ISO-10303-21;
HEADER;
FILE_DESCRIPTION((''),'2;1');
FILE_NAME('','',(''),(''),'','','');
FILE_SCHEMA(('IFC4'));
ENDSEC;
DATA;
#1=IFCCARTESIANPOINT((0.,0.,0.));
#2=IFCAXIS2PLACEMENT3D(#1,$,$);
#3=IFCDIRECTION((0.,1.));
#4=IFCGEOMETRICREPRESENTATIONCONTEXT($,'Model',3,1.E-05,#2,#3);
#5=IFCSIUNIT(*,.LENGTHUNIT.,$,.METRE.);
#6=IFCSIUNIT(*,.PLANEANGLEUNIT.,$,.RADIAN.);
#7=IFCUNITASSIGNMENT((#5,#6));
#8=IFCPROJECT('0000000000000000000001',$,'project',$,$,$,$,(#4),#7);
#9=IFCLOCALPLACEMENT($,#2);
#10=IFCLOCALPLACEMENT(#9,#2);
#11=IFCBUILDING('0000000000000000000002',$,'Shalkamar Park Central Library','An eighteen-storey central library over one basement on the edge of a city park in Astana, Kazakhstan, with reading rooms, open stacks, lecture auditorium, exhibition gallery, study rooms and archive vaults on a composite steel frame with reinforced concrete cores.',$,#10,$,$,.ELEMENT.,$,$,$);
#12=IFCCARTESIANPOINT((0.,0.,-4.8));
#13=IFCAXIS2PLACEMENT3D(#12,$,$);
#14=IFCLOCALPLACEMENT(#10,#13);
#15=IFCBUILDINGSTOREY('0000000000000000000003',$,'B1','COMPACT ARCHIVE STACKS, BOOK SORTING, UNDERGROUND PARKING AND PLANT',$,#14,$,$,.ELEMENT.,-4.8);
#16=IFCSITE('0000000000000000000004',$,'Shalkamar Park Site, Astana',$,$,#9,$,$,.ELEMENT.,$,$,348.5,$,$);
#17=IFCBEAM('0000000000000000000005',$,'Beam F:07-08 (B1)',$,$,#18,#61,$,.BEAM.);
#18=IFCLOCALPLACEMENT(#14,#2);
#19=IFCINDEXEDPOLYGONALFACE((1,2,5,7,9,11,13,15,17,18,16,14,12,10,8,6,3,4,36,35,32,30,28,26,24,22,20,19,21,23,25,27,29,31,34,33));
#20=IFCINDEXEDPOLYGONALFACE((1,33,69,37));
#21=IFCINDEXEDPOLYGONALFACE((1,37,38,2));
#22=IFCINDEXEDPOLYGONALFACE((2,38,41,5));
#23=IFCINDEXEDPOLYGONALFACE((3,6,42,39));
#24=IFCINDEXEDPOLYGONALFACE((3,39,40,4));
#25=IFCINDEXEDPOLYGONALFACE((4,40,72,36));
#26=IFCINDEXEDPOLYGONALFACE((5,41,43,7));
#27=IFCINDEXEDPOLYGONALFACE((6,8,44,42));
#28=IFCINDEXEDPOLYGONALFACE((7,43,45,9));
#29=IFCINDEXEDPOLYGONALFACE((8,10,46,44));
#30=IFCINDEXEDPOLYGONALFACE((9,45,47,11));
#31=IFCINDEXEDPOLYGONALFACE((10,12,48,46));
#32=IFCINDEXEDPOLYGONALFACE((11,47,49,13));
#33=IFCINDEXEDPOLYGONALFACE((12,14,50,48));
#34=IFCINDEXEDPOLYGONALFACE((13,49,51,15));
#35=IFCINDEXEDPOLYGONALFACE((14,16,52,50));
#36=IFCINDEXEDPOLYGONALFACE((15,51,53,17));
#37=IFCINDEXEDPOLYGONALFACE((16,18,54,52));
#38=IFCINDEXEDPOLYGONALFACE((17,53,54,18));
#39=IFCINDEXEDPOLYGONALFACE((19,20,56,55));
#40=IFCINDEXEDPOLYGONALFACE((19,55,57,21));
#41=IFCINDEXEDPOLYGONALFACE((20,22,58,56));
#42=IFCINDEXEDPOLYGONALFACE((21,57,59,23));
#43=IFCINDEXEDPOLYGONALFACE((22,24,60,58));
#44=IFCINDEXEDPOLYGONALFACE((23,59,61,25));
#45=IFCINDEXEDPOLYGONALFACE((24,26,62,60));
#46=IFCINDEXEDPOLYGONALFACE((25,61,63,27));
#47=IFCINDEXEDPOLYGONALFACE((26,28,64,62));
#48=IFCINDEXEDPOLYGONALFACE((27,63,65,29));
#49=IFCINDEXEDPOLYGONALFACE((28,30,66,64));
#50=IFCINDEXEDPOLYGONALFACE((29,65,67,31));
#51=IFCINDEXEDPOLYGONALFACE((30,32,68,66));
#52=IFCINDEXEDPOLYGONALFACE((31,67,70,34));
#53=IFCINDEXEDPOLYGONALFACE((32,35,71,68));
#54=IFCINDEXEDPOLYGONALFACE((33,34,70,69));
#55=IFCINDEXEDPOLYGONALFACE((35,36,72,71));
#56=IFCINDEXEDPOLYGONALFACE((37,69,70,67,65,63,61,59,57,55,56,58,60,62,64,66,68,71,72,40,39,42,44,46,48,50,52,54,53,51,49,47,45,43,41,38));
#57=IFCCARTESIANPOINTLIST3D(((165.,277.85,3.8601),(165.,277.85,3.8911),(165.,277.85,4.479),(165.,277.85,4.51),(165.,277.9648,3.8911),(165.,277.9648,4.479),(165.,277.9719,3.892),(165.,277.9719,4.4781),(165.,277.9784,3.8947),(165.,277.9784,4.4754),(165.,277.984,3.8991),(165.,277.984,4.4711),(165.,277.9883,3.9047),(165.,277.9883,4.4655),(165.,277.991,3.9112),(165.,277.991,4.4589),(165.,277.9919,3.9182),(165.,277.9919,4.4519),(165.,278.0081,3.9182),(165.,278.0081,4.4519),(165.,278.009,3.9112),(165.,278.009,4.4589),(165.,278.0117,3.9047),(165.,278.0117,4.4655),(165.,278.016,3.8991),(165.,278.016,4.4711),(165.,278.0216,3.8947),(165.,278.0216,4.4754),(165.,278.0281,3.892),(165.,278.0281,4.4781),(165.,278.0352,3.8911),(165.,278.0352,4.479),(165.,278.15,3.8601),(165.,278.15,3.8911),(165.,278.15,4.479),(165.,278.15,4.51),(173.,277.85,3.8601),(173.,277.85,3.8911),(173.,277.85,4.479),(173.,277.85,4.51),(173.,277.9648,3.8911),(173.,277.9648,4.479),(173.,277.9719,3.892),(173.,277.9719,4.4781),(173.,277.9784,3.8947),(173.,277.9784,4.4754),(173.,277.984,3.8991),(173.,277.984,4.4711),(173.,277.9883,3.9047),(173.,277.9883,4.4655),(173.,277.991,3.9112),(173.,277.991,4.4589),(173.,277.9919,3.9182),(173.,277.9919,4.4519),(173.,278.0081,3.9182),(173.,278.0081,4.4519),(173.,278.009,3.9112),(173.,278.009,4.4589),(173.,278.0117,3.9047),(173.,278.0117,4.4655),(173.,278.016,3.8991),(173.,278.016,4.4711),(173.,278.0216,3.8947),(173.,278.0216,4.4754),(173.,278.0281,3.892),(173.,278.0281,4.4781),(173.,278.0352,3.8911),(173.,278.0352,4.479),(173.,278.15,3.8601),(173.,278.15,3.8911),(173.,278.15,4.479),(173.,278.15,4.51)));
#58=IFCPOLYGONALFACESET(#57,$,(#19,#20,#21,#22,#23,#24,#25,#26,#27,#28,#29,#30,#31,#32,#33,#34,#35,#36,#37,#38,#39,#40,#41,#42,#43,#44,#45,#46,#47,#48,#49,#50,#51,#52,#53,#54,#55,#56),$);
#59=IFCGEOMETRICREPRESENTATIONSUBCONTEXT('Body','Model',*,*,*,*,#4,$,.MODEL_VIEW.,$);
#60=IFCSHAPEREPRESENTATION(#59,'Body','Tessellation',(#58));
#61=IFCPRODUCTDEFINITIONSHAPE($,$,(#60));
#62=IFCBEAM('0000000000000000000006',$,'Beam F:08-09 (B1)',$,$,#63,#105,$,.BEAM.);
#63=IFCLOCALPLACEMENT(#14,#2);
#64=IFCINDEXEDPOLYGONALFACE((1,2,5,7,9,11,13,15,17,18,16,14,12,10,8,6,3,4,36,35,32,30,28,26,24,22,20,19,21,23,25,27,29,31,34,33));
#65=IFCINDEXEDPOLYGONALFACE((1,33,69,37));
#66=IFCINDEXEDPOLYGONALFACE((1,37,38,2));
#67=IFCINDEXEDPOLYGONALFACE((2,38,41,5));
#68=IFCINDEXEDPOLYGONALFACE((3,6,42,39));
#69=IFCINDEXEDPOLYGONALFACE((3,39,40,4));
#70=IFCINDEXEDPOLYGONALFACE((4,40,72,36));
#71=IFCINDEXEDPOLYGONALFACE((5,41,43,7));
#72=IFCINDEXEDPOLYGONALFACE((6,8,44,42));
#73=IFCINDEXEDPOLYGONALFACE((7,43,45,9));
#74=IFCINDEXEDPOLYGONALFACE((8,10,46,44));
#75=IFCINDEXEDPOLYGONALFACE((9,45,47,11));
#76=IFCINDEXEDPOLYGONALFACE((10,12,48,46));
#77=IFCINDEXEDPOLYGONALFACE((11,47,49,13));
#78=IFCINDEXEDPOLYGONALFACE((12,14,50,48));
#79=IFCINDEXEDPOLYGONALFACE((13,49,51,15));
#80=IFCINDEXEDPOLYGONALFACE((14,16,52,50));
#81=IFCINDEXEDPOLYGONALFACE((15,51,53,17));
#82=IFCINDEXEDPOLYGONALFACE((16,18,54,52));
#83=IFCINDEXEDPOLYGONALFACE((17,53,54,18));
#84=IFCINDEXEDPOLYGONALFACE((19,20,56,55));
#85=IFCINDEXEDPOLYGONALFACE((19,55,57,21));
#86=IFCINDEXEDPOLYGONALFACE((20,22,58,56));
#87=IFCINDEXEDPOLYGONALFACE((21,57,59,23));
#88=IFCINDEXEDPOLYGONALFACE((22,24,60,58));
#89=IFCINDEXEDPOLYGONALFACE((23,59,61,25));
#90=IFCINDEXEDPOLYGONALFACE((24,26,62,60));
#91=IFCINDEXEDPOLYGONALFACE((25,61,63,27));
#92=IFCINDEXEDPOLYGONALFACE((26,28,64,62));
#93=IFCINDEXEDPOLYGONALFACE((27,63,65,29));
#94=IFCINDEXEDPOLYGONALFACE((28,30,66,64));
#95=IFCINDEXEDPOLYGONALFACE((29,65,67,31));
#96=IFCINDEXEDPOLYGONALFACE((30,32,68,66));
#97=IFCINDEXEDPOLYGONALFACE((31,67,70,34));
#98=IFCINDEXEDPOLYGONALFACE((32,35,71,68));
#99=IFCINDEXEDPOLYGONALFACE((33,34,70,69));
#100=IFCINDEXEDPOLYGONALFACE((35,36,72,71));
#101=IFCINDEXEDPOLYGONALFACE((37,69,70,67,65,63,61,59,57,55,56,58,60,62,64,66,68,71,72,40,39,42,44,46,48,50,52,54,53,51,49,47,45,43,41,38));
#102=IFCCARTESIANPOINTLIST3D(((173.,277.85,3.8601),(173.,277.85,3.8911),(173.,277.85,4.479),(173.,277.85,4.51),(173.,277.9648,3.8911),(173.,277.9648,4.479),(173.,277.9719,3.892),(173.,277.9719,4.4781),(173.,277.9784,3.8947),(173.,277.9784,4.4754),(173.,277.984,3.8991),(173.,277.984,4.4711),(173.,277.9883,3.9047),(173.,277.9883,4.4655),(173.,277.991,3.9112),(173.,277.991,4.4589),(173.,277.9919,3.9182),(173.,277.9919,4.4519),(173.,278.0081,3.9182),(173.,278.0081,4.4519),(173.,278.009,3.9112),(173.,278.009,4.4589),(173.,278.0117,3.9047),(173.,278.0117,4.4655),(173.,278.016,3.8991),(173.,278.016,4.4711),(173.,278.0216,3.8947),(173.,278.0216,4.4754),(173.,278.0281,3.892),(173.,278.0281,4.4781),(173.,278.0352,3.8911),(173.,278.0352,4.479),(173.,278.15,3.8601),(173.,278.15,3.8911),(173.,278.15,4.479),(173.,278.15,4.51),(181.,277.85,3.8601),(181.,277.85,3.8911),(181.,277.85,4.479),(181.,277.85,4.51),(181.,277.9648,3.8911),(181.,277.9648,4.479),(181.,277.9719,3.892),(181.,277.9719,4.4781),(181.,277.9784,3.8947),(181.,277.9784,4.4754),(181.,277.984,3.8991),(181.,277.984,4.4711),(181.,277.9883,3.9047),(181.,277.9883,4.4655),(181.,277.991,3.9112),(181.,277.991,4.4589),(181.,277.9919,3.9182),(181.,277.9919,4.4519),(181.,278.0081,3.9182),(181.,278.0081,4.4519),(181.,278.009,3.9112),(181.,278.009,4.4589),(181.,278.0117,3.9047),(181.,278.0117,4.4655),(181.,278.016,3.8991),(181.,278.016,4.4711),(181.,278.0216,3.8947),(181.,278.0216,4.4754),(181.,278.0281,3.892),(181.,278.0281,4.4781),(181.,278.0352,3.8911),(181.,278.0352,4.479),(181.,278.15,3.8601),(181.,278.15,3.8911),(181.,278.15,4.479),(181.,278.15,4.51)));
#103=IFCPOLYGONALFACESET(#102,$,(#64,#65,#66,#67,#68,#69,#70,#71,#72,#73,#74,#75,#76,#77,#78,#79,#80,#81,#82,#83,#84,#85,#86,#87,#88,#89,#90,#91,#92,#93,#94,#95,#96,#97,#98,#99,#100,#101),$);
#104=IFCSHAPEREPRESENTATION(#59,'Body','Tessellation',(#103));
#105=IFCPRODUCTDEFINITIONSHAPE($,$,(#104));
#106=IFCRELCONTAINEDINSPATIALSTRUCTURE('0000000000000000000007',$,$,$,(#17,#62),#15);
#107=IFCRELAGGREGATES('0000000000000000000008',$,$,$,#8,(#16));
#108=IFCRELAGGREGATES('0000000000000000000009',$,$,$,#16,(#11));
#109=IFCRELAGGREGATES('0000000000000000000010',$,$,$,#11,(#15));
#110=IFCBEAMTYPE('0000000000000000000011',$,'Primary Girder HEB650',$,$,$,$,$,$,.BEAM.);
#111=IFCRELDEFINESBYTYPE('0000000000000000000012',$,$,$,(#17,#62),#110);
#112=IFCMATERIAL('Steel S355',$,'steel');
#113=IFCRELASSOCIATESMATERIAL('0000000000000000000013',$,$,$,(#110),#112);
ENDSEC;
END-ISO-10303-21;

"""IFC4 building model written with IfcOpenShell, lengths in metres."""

from ifc_helpers import new_model, si_unit, direction, frame, origin, origin_2d, place, context, subcontext, project, spatial, i_section, extrude, material, material_profile, profile_set, type_object, element, save


model = new_model("IFC4")

# Units and contexts
model_context = context("Model", 3, precision=1e-05, world=origin(), true_north=direction((0.0, 1.0)))
body_context = subcontext(model_context, "Body", "Model", "MODEL_VIEW")
ifc_project = project(units=[si_unit("LENGTHUNIT", "METRE"), si_unit("PLANEANGLEUNIT", "RADIAN")], contexts=[model_context])

# Site, building, storey
site_placement = place(None, origin())
site = spatial("IfcSite", under=ifc_project, at=site_placement, Name="Shalkamar Park Site, Astana", CompositionType="ELEMENT", RefElevation=348.5)
building_placement = place(site_placement, origin())
building = spatial("IfcBuilding", under=site, at=building_placement, Name="Shalkamar Park Central Library", Description="An eighteen-storey central library over one basement on the edge of a city park in Astana, Kazakhstan, with reading rooms, open stacks, lecture auditorium, exhibition gallery, study rooms and archive vaults on a composite steel frame with reinforced concrete cores.", CompositionType="ELEMENT")
storey_placement = place(building_placement, frame((0.0, 0.0, -4.8)))
storey = spatial("IfcBuildingStorey", under=building, at=storey_placement, Name="B1", Description="COMPACT ARCHIVE STACKS, BOOK SORTING, UNDERGROUND PARKING AND PLANT", CompositionType="ELEMENT", Elevation=-4.8)

# Shared definitions
ifc_material_1 = material(Name="Steel S355", Category="steel")

# Beams
ifc_material_profile_1 = material_profile(ifc_material_1, i_section(OverallWidth=0.3, OverallDepth=0.6499, WebThickness=0.0161, FlangeThickness=0.031, FilletRadius=0.0271, at=origin_2d()), Name="HEB 650")
ifc_profile_set_1 = profile_set([ifc_material_profile_1], Name="Steel S355")
beam_type_1 = type_object("IfcBeamType", Name="Primary Girder HEB650", PredefinedType="BEAM", material=ifc_profile_set_1)
for number, where, z_axis, x_axis, name in (
    (1, (165.0, 278.0, 4.1851), (1.0, 0.0, 0.0), (0.0, 1.0, 0.0), "Beam F:07-08 (B1)"),
    (2, (173.0, 278.0, 4.1851), (1.0, 0.0, 0.0), (0.0, 1.0, 0.0), "Beam F:08-09 (B1)"),
):
    element("IfcBeam", number, at=place(storey_placement, frame(where, z_axis=z_axis, x_axis=x_axis)), inside=storey, type_object=beam_type_1, Name=name, PredefinedType="BEAM", context=body_context, shape_type="SweptSolid", body=[
        extrude(i_section(OverallWidth=0.3, OverallDepth=0.6499, WebThickness=0.0161, FlangeThickness=0.031, FilletRadius=0.0271, at=origin_2d()), origin(), (0.0, 0.0, 1.0), 8.0),
    ])

save(model, "model.ifc")
